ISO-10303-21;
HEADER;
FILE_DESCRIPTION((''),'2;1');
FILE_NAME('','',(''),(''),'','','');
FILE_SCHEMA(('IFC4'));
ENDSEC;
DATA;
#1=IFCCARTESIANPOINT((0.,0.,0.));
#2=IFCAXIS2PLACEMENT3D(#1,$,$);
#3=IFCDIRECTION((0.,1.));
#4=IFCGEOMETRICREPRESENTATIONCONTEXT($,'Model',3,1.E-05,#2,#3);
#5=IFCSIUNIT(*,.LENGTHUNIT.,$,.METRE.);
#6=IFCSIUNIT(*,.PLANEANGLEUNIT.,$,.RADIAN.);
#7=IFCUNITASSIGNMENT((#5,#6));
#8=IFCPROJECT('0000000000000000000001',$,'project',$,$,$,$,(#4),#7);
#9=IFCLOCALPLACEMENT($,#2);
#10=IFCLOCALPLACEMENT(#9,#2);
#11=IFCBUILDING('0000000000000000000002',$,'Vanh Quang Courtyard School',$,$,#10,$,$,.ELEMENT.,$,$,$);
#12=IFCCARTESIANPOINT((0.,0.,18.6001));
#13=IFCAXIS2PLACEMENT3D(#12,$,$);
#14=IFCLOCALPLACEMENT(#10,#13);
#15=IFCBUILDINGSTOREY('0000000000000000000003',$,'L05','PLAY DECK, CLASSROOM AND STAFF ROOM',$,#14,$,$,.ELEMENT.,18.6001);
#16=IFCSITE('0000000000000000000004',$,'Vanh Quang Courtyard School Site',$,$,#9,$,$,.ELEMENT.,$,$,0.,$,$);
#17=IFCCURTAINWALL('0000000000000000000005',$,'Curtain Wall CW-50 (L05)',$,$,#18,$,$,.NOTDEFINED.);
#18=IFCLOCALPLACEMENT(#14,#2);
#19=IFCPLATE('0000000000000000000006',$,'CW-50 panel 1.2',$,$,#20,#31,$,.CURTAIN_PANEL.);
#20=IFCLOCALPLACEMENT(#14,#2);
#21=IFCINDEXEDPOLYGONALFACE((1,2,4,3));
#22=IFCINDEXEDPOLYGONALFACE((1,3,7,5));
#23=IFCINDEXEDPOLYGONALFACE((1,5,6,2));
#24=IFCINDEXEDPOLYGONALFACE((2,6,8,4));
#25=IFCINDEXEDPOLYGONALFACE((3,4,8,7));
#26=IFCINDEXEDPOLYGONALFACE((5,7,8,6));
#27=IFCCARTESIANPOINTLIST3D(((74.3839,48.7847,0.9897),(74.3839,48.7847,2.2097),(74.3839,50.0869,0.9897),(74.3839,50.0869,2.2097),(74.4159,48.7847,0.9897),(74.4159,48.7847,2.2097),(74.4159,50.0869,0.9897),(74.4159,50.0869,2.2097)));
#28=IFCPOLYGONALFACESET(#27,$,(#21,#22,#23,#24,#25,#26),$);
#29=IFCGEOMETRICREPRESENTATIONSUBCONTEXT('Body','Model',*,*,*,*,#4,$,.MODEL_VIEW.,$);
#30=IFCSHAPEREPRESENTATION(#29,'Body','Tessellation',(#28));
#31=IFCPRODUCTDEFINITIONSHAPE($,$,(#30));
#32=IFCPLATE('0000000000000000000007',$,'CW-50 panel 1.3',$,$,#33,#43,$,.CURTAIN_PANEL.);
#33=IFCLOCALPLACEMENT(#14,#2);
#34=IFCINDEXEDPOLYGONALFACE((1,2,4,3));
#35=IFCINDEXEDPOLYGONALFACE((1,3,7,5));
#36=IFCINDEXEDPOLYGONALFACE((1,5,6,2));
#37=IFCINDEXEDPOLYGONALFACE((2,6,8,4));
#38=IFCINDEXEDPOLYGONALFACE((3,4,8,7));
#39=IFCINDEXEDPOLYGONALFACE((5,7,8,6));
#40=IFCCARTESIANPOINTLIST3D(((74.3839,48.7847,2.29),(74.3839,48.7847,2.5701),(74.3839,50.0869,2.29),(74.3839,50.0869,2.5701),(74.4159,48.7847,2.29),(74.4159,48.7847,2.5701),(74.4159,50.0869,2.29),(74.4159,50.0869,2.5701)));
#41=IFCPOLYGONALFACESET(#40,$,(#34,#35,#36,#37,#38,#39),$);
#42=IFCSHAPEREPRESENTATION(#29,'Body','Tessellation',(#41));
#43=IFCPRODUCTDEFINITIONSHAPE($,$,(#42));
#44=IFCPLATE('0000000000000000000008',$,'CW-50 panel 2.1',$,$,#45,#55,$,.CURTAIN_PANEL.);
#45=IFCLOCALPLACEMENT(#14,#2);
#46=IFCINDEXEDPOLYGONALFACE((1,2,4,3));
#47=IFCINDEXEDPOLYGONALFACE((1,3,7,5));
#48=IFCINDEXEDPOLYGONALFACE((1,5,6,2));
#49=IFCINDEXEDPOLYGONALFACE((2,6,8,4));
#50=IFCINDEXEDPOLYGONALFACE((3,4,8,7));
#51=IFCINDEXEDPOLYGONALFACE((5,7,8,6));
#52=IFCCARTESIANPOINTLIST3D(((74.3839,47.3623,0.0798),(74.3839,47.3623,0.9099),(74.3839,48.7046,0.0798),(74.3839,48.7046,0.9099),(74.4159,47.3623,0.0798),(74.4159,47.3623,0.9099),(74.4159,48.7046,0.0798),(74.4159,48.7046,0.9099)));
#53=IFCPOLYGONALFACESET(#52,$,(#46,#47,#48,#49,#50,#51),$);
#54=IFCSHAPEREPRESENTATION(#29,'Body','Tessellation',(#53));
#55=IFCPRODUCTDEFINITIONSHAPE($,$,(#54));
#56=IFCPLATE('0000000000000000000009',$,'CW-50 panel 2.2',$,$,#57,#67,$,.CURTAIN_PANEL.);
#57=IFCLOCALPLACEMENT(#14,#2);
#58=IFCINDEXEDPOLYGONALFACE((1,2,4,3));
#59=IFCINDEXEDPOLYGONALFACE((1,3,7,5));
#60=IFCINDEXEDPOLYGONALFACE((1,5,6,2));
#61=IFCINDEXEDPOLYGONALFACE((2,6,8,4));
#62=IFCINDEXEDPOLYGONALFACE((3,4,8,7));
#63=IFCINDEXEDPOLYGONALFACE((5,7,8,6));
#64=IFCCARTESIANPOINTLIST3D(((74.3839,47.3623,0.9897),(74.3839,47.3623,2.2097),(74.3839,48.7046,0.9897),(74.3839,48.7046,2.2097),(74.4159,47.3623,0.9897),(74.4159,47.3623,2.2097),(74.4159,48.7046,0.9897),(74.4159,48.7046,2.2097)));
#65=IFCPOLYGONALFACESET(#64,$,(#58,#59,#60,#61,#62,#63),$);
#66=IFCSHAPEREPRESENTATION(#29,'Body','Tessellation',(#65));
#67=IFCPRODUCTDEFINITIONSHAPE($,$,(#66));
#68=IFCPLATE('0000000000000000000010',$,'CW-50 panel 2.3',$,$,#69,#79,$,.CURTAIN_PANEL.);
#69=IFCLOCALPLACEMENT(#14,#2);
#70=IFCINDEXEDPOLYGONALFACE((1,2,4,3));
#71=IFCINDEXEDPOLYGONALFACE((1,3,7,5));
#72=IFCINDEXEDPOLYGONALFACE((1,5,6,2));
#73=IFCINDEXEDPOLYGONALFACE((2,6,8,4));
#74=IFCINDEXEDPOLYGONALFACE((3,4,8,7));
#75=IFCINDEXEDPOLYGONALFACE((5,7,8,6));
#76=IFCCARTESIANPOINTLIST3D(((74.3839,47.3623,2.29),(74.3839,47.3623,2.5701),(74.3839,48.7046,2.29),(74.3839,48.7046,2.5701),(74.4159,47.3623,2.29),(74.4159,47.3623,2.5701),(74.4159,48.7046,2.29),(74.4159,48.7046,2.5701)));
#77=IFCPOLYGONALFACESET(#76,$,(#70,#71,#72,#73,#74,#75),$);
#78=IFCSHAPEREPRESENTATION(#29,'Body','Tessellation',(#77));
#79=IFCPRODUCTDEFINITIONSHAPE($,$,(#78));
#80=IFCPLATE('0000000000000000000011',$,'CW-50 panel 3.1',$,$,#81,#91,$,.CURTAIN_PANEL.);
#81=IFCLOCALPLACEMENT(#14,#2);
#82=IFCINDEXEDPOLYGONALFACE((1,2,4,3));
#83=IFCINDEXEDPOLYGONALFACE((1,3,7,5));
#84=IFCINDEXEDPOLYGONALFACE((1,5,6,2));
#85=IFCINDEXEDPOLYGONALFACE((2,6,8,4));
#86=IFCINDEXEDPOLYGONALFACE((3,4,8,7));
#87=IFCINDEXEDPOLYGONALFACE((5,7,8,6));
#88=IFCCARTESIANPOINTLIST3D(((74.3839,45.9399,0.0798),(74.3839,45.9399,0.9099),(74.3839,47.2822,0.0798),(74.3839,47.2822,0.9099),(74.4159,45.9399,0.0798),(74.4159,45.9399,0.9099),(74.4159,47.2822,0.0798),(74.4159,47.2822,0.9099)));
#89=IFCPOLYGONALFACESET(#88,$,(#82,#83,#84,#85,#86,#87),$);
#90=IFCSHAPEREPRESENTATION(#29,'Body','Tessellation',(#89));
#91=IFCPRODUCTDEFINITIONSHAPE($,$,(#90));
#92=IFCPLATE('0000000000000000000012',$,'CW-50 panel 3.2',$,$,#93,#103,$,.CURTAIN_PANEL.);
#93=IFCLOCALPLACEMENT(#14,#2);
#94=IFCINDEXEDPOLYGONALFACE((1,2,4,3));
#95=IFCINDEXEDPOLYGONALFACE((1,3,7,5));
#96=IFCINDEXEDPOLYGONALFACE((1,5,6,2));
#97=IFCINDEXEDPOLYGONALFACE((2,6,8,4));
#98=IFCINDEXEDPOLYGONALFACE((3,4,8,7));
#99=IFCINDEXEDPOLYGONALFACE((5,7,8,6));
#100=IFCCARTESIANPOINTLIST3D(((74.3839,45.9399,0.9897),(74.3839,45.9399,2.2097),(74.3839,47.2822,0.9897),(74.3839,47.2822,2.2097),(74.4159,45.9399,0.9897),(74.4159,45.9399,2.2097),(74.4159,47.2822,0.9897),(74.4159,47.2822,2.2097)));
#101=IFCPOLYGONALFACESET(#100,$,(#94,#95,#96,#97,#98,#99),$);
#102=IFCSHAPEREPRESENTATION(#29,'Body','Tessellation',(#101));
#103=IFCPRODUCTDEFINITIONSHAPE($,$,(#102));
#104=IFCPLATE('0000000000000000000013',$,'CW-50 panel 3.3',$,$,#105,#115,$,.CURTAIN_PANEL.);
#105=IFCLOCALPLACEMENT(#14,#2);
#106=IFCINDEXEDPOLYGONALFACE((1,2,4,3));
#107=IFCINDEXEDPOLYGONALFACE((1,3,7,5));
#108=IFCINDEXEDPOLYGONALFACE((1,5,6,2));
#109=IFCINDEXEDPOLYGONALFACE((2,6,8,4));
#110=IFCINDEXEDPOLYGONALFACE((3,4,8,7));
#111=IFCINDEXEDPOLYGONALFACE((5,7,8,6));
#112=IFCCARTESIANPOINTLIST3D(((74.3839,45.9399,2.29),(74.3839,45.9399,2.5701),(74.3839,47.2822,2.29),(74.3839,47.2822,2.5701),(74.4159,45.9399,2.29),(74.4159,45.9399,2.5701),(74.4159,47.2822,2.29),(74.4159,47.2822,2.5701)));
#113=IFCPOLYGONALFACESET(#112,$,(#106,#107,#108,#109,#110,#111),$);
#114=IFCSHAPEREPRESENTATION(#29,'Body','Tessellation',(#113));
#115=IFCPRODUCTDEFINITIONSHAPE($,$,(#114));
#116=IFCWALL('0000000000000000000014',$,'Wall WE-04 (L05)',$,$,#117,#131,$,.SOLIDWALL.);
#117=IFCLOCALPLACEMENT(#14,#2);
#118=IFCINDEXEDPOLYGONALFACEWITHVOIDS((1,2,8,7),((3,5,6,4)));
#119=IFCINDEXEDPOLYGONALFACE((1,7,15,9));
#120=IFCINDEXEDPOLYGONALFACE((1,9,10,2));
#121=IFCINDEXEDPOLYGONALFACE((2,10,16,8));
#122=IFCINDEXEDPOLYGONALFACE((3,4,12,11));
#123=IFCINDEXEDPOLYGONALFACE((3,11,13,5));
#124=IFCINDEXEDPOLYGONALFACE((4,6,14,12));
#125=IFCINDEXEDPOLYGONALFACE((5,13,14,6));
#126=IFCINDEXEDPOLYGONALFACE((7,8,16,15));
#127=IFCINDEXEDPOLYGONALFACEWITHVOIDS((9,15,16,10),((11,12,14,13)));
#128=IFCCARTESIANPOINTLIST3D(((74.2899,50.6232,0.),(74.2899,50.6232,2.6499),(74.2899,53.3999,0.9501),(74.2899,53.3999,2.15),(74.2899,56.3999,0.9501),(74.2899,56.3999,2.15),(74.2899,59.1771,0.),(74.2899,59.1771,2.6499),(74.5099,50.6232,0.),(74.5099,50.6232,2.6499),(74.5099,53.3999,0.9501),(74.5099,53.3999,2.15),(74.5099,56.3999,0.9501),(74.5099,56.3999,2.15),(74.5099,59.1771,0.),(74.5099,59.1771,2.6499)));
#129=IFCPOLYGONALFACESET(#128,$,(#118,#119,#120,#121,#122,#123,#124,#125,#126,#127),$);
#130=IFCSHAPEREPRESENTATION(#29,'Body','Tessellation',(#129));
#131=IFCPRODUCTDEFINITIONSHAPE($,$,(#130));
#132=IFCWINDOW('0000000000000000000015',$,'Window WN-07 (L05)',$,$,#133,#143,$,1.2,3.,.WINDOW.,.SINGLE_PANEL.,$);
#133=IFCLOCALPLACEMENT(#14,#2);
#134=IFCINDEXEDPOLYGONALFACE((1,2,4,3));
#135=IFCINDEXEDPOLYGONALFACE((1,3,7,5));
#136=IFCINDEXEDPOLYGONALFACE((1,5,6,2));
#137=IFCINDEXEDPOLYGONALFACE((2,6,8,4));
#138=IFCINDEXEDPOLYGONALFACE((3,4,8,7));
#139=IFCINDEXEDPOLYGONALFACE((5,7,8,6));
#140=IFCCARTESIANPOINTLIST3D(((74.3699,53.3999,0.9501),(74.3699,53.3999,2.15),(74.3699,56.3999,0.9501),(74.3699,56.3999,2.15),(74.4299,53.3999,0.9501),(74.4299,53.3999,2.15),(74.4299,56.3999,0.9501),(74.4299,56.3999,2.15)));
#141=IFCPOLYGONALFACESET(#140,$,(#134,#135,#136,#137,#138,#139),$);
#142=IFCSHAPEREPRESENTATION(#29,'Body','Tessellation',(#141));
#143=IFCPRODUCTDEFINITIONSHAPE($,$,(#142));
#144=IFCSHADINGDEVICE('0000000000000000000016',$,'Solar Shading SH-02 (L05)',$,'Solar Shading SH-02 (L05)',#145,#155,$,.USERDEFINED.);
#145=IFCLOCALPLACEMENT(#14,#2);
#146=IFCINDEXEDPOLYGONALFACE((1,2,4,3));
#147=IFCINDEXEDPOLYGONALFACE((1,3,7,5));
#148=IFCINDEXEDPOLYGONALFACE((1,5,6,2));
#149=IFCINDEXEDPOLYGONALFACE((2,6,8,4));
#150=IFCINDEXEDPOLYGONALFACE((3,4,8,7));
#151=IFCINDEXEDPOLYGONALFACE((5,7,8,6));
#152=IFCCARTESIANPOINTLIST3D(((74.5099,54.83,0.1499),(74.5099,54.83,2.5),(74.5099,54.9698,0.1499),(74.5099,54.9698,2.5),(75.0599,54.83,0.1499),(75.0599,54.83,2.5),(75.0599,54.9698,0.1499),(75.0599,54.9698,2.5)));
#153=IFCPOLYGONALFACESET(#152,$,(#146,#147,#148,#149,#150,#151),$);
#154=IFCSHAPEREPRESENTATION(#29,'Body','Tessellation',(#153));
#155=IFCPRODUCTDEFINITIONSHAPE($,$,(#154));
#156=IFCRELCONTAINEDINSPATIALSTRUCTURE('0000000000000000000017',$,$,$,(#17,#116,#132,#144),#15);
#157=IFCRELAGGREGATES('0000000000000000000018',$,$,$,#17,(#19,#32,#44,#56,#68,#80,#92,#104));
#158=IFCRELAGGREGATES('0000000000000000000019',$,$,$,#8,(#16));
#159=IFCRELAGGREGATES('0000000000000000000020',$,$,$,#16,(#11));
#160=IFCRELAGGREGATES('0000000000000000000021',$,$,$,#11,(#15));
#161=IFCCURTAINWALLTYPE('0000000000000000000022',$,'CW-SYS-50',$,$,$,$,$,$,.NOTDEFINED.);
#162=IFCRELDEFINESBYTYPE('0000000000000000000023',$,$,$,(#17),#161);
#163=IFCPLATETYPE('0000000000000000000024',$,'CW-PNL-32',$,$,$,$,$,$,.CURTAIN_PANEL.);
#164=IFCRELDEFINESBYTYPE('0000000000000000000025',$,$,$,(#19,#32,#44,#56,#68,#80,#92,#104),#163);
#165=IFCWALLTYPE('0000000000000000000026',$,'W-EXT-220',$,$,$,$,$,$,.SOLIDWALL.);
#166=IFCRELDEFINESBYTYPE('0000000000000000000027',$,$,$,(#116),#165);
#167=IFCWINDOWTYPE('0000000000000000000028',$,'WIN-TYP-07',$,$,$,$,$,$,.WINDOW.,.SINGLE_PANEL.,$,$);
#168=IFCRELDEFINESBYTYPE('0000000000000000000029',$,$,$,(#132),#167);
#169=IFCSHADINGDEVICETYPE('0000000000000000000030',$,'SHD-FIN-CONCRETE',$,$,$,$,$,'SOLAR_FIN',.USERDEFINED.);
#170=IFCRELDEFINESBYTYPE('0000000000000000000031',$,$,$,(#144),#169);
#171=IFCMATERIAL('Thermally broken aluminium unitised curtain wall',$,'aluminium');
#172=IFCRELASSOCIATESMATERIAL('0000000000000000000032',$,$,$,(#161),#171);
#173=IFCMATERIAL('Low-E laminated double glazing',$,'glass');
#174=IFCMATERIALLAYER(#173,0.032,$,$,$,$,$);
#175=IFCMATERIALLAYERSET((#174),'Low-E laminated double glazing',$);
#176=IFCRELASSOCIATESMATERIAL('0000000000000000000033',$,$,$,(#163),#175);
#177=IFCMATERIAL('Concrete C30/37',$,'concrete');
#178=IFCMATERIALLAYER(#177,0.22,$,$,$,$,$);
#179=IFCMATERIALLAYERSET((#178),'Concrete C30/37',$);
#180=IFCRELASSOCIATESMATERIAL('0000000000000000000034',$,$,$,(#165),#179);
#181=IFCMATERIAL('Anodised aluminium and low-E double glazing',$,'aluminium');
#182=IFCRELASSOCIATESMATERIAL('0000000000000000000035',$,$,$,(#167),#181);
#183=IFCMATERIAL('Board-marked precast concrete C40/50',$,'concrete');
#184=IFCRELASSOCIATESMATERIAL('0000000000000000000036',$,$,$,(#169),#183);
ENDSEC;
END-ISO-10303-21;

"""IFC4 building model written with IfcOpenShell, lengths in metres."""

from ifc_helpers import new_model, si_unit, direction, frame, frame_2d, origin, origin_2d, place, context, subcontext, project, spatial, rectangle, extrude, material, layer, layer_set, type_object, element, fill, aggregate, save


model = new_model("IFC4")

# Units and contexts
model_context = context("Model", 3, precision=1e-05, world=origin(), true_north=direction((0.0, 1.0)))
body_context = subcontext(model_context, "Body", "Model", "MODEL_VIEW")
ifc_project = project(units=[si_unit("LENGTHUNIT", "METRE"), si_unit("PLANEANGLEUNIT", "RADIAN")], contexts=[model_context])

# Site, building, storey
site_placement = place(None, origin())
site = spatial("IfcSite", under=ifc_project, at=site_placement, Name="Vanh Quang Courtyard School Site", CompositionType="ELEMENT", RefElevation=0.0)
building_placement = place(site_placement, origin())
building = spatial("IfcBuilding", under=site, at=building_placement, Name="Vanh Quang Courtyard School", CompositionType="ELEMENT")
storey_placement = place(building_placement, frame((0.0, 0.0, 18.6001)))
storey = spatial("IfcBuildingStorey", under=building, at=storey_placement, Name="L05", Description="PLAY DECK, CLASSROOM AND STAFF ROOM", CompositionType="ELEMENT", Elevation=18.6001)

# Shared definitions
ifc_material_1 = material(Name="Thermally broken aluminium unitised curtain wall", Category="aluminium")
curtain_wall_type = type_object("IfcCurtainWallType", Name="CW-SYS-50", PredefinedType="NOTDEFINED", material=ifc_material_1)

# Curtain wall
curtain_wall_1_placement = place(storey_placement, origin())
curtain_wall_1 = element("IfcCurtainWall", 1, at=curtain_wall_1_placement, inside=storey, type_object=curtain_wall_type, Name="Curtain Wall CW-50 (L05)", PredefinedType="NOTDEFINED")

# Shared definitions
ifc_material_2 = material(Name="Concrete C30/37", Category="concrete")

# Plates
ifc_material_3 = material(Name="Low-E laminated double glazing", Category="glass")
ifc_layer_1 = layer(ifc_material_3, 0.032)
ifc_layer_set_1 = layer_set([ifc_layer_1], Name="Low-E laminated double glazing")
plate_type_1 = type_object("IfcPlateType", Name="CW-PNL-32", PredefinedType="CURTAIN_PANEL", material=ifc_layer_set_1)
plate_1_placement = place(storey_placement, frame((74.3999, 49.4358, 0.9897), z_axis=(0.0, 0.0, 1.0), x_axis=(0.0, -1.0, 0.0)))
plate_1 = element("IfcPlate", 2, at=plate_1_placement, type_object=plate_type_1, Name="CW-50 panel 1.2", PredefinedType="CURTAIN_PANEL", context=body_context, shape_type="SweptSolid", body=[
    extrude(rectangle(XDim=1.3022, YDim=0.032, at=origin_2d()), origin(), (0.0, 0.0, 1.0), 1.22),
])
plate_2_placement = place(storey_placement, frame((74.3999, 49.4358, 2.29), z_axis=(0.0, 0.0, 1.0), x_axis=(0.0, -1.0, 0.0)))
plate_2 = element("IfcPlate", 3, at=plate_2_placement, type_object=plate_type_1, Name="CW-50 panel 1.3", PredefinedType="CURTAIN_PANEL", context=body_context, shape_type="SweptSolid", body=[
    extrude(rectangle(XDim=1.3022, YDim=0.032, at=origin_2d()), origin(), (0.0, 0.0, 1.0), 0.28),
])
plate_3_placement = place(storey_placement, frame((74.3999, 48.0334, 0.0798), z_axis=(0.0, 0.0, 1.0), x_axis=(0.0, -1.0, 0.0)))
plate_3 = element("IfcPlate", 4, at=plate_3_placement, type_object=plate_type_1, Name="CW-50 panel 2.1", PredefinedType="CURTAIN_PANEL", context=body_context, shape_type="SweptSolid", body=[
    extrude(rectangle(XDim=1.3423, YDim=0.032, at=origin_2d()), origin(), (0.0, 0.0, 1.0), 0.8301),
])
plate_4_placement = place(storey_placement, frame((74.3999, 48.0334, 0.9897), z_axis=(0.0, 0.0, 1.0), x_axis=(0.0, -1.0, 0.0)))
plate_4 = element("IfcPlate", 5, at=plate_4_placement, type_object=plate_type_1, Name="CW-50 panel 2.2", PredefinedType="CURTAIN_PANEL", context=body_context, shape_type="SweptSolid", body=[
    extrude(rectangle(XDim=1.3423, YDim=0.032, at=origin_2d()), origin(), (0.0, 0.0, 1.0), 1.22),
])
plate_5_placement = place(storey_placement, frame((74.3999, 48.0334, 2.29), z_axis=(0.0, 0.0, 1.0), x_axis=(0.0, -1.0, 0.0)))
plate_5 = element("IfcPlate", 6, at=plate_5_placement, type_object=plate_type_1, Name="CW-50 panel 2.3", PredefinedType="CURTAIN_PANEL", context=body_context, shape_type="SweptSolid", body=[
    extrude(rectangle(XDim=1.3423, YDim=0.032, at=origin_2d()), origin(), (0.0, 0.0, 1.0), 0.28),
])
plate_6_placement = place(storey_placement, frame((74.3999, 46.6111, 0.0798), z_axis=(0.0, 0.0, 1.0), x_axis=(0.0, -1.0, 0.0)))
plate_6 = element("IfcPlate", 7, at=plate_6_placement, type_object=plate_type_1, Name="CW-50 panel 3.1", PredefinedType="CURTAIN_PANEL", context=body_context, shape_type="SweptSolid", body=[
    extrude(rectangle(XDim=1.3423, YDim=0.032, at=origin_2d()), origin(), (0.0, 0.0, 1.0), 0.8301),
])
plate_7_placement = place(storey_placement, frame((74.3999, 46.6111, 0.9897), z_axis=(0.0, 0.0, 1.0), x_axis=(0.0, -1.0, 0.0)))
plate_7 = element("IfcPlate", 8, at=plate_7_placement, type_object=plate_type_1, Name="CW-50 panel 3.2", PredefinedType="CURTAIN_PANEL", context=body_context, shape_type="SweptSolid", body=[
    extrude(rectangle(XDim=1.3423, YDim=0.032, at=origin_2d()), origin(), (0.0, 0.0, 1.0), 1.22),
])
plate_8_placement = place(storey_placement, frame((74.3999, 46.6111, 2.29), z_axis=(0.0, 0.0, 1.0), x_axis=(0.0, -1.0, 0.0)))
plate_8 = element("IfcPlate", 9, at=plate_8_placement, type_object=plate_type_1, Name="CW-50 panel 3.3", PredefinedType="CURTAIN_PANEL", context=body_context, shape_type="SweptSolid", body=[
    extrude(rectangle(XDim=1.3423, YDim=0.032, at=origin_2d()), origin(), (0.0, 0.0, 1.0), 0.28),
])
aggregate(curtain_wall_1, [plate_1, plate_2, plate_3, plate_4, plate_5, plate_6, plate_7, plate_8])

# Wall, opening, window
ifc_layer_2 = layer(ifc_material_2, 0.22)
ifc_layer_set_2 = layer_set([ifc_layer_2], Name="Concrete C30/37")
wall_type = type_object("IfcWallType", Name="W-EXT-220", PredefinedType="SOLIDWALL", material=ifc_layer_set_2)
wall_placement = place(storey_placement, frame((74.3999, 59.177, 0.0), z_axis=(0.0, 0.0, 1.0), x_axis=(0.0, -1.0, 0.0)))
wall = element("IfcWall", 10, at=wall_placement, inside=storey, type_object=wall_type, Name="Wall WE-04 (L05)", PredefinedType="SOLIDWALL", context=body_context, shape_type="SweptSolid", body=[
    extrude(rectangle(XDim=8.554, YDim=0.22, at=frame_2d((4.2769, 0.0))), origin(), (0.0, 0.0, 1.0), 2.6499),
])
opening_placement = place(wall_placement, frame((2.7771, 0.0, 0.95)))
opening = element("IfcOpeningElement", 11, at=opening_placement, cuts=wall, PredefinedType="OPENING", context=body_context, shape_type="SweptSolid", body=[
    extrude(rectangle(XDim=3.0, YDim=1.2, at=frame_2d((1.5, 0.6001))), frame((0.0, 0.1201, 0.0), z_axis=(0.0, -1.0, 0.0), x_axis=(1.0, 0.0, 0.0)), (0.0, 0.0, 1.0), 0.24),
])
ifc_material_4 = material(Name="Anodised aluminium and low-E double glazing", Category="aluminium")
window_type = type_object("IfcWindowType", Name="WIN-TYP-07", PartitioningType="SINGLE_PANEL", PredefinedType="WINDOW", material=ifc_material_4)
window_placement = place(opening_placement, origin())
window = element("IfcWindow", 12, at=window_placement, inside=storey, type_object=window_type, Name="Window WN-07 (L05)", OverallHeight=1.2, OverallWidth=3.0, PartitioningType="SINGLE_PANEL", PredefinedType="WINDOW", context=body_context, shape_type="SweptSolid", body=[
    extrude(rectangle(XDim=3.0, YDim=1.2, at=frame_2d((1.5, 0.6001))), frame((0.0, 0.03, 0.0), z_axis=(0.0, -1.0, 0.0), x_axis=(1.0, 0.0, 0.0)), (0.0, 0.0, 1.0), 0.0601),
])
fill(opening, window)

# Shading device
ifc_material_5 = material(Name="Board-marked precast concrete C40/50", Category="concrete")
shading_device_type = type_object("IfcShadingDeviceType", Name="SHD-FIN-CONCRETE", ElementType="SOLAR_FIN", PredefinedType="USERDEFINED", material=ifc_material_5)
shading_device_placement = place(storey_placement, frame((74.7849, 54.8999, 0.1499), z_axis=(0.0, 0.0, 1.0), x_axis=(0.0, -1.0, 0.0)))
element("IfcShadingDevice", 13, at=shading_device_placement, inside=storey, type_object=shading_device_type, Name="Solar Shading SH-02 (L05)", ObjectType="Solar Shading SH-02 (L05)", PredefinedType="USERDEFINED", context=body_context, shape_type="SweptSolid", body=[
    extrude(rectangle(XDim=0.1399, YDim=0.55, at=origin_2d()), origin(), (0.0, 0.0, 1.0), 2.3501),
])

save(model, "model.ifc")
